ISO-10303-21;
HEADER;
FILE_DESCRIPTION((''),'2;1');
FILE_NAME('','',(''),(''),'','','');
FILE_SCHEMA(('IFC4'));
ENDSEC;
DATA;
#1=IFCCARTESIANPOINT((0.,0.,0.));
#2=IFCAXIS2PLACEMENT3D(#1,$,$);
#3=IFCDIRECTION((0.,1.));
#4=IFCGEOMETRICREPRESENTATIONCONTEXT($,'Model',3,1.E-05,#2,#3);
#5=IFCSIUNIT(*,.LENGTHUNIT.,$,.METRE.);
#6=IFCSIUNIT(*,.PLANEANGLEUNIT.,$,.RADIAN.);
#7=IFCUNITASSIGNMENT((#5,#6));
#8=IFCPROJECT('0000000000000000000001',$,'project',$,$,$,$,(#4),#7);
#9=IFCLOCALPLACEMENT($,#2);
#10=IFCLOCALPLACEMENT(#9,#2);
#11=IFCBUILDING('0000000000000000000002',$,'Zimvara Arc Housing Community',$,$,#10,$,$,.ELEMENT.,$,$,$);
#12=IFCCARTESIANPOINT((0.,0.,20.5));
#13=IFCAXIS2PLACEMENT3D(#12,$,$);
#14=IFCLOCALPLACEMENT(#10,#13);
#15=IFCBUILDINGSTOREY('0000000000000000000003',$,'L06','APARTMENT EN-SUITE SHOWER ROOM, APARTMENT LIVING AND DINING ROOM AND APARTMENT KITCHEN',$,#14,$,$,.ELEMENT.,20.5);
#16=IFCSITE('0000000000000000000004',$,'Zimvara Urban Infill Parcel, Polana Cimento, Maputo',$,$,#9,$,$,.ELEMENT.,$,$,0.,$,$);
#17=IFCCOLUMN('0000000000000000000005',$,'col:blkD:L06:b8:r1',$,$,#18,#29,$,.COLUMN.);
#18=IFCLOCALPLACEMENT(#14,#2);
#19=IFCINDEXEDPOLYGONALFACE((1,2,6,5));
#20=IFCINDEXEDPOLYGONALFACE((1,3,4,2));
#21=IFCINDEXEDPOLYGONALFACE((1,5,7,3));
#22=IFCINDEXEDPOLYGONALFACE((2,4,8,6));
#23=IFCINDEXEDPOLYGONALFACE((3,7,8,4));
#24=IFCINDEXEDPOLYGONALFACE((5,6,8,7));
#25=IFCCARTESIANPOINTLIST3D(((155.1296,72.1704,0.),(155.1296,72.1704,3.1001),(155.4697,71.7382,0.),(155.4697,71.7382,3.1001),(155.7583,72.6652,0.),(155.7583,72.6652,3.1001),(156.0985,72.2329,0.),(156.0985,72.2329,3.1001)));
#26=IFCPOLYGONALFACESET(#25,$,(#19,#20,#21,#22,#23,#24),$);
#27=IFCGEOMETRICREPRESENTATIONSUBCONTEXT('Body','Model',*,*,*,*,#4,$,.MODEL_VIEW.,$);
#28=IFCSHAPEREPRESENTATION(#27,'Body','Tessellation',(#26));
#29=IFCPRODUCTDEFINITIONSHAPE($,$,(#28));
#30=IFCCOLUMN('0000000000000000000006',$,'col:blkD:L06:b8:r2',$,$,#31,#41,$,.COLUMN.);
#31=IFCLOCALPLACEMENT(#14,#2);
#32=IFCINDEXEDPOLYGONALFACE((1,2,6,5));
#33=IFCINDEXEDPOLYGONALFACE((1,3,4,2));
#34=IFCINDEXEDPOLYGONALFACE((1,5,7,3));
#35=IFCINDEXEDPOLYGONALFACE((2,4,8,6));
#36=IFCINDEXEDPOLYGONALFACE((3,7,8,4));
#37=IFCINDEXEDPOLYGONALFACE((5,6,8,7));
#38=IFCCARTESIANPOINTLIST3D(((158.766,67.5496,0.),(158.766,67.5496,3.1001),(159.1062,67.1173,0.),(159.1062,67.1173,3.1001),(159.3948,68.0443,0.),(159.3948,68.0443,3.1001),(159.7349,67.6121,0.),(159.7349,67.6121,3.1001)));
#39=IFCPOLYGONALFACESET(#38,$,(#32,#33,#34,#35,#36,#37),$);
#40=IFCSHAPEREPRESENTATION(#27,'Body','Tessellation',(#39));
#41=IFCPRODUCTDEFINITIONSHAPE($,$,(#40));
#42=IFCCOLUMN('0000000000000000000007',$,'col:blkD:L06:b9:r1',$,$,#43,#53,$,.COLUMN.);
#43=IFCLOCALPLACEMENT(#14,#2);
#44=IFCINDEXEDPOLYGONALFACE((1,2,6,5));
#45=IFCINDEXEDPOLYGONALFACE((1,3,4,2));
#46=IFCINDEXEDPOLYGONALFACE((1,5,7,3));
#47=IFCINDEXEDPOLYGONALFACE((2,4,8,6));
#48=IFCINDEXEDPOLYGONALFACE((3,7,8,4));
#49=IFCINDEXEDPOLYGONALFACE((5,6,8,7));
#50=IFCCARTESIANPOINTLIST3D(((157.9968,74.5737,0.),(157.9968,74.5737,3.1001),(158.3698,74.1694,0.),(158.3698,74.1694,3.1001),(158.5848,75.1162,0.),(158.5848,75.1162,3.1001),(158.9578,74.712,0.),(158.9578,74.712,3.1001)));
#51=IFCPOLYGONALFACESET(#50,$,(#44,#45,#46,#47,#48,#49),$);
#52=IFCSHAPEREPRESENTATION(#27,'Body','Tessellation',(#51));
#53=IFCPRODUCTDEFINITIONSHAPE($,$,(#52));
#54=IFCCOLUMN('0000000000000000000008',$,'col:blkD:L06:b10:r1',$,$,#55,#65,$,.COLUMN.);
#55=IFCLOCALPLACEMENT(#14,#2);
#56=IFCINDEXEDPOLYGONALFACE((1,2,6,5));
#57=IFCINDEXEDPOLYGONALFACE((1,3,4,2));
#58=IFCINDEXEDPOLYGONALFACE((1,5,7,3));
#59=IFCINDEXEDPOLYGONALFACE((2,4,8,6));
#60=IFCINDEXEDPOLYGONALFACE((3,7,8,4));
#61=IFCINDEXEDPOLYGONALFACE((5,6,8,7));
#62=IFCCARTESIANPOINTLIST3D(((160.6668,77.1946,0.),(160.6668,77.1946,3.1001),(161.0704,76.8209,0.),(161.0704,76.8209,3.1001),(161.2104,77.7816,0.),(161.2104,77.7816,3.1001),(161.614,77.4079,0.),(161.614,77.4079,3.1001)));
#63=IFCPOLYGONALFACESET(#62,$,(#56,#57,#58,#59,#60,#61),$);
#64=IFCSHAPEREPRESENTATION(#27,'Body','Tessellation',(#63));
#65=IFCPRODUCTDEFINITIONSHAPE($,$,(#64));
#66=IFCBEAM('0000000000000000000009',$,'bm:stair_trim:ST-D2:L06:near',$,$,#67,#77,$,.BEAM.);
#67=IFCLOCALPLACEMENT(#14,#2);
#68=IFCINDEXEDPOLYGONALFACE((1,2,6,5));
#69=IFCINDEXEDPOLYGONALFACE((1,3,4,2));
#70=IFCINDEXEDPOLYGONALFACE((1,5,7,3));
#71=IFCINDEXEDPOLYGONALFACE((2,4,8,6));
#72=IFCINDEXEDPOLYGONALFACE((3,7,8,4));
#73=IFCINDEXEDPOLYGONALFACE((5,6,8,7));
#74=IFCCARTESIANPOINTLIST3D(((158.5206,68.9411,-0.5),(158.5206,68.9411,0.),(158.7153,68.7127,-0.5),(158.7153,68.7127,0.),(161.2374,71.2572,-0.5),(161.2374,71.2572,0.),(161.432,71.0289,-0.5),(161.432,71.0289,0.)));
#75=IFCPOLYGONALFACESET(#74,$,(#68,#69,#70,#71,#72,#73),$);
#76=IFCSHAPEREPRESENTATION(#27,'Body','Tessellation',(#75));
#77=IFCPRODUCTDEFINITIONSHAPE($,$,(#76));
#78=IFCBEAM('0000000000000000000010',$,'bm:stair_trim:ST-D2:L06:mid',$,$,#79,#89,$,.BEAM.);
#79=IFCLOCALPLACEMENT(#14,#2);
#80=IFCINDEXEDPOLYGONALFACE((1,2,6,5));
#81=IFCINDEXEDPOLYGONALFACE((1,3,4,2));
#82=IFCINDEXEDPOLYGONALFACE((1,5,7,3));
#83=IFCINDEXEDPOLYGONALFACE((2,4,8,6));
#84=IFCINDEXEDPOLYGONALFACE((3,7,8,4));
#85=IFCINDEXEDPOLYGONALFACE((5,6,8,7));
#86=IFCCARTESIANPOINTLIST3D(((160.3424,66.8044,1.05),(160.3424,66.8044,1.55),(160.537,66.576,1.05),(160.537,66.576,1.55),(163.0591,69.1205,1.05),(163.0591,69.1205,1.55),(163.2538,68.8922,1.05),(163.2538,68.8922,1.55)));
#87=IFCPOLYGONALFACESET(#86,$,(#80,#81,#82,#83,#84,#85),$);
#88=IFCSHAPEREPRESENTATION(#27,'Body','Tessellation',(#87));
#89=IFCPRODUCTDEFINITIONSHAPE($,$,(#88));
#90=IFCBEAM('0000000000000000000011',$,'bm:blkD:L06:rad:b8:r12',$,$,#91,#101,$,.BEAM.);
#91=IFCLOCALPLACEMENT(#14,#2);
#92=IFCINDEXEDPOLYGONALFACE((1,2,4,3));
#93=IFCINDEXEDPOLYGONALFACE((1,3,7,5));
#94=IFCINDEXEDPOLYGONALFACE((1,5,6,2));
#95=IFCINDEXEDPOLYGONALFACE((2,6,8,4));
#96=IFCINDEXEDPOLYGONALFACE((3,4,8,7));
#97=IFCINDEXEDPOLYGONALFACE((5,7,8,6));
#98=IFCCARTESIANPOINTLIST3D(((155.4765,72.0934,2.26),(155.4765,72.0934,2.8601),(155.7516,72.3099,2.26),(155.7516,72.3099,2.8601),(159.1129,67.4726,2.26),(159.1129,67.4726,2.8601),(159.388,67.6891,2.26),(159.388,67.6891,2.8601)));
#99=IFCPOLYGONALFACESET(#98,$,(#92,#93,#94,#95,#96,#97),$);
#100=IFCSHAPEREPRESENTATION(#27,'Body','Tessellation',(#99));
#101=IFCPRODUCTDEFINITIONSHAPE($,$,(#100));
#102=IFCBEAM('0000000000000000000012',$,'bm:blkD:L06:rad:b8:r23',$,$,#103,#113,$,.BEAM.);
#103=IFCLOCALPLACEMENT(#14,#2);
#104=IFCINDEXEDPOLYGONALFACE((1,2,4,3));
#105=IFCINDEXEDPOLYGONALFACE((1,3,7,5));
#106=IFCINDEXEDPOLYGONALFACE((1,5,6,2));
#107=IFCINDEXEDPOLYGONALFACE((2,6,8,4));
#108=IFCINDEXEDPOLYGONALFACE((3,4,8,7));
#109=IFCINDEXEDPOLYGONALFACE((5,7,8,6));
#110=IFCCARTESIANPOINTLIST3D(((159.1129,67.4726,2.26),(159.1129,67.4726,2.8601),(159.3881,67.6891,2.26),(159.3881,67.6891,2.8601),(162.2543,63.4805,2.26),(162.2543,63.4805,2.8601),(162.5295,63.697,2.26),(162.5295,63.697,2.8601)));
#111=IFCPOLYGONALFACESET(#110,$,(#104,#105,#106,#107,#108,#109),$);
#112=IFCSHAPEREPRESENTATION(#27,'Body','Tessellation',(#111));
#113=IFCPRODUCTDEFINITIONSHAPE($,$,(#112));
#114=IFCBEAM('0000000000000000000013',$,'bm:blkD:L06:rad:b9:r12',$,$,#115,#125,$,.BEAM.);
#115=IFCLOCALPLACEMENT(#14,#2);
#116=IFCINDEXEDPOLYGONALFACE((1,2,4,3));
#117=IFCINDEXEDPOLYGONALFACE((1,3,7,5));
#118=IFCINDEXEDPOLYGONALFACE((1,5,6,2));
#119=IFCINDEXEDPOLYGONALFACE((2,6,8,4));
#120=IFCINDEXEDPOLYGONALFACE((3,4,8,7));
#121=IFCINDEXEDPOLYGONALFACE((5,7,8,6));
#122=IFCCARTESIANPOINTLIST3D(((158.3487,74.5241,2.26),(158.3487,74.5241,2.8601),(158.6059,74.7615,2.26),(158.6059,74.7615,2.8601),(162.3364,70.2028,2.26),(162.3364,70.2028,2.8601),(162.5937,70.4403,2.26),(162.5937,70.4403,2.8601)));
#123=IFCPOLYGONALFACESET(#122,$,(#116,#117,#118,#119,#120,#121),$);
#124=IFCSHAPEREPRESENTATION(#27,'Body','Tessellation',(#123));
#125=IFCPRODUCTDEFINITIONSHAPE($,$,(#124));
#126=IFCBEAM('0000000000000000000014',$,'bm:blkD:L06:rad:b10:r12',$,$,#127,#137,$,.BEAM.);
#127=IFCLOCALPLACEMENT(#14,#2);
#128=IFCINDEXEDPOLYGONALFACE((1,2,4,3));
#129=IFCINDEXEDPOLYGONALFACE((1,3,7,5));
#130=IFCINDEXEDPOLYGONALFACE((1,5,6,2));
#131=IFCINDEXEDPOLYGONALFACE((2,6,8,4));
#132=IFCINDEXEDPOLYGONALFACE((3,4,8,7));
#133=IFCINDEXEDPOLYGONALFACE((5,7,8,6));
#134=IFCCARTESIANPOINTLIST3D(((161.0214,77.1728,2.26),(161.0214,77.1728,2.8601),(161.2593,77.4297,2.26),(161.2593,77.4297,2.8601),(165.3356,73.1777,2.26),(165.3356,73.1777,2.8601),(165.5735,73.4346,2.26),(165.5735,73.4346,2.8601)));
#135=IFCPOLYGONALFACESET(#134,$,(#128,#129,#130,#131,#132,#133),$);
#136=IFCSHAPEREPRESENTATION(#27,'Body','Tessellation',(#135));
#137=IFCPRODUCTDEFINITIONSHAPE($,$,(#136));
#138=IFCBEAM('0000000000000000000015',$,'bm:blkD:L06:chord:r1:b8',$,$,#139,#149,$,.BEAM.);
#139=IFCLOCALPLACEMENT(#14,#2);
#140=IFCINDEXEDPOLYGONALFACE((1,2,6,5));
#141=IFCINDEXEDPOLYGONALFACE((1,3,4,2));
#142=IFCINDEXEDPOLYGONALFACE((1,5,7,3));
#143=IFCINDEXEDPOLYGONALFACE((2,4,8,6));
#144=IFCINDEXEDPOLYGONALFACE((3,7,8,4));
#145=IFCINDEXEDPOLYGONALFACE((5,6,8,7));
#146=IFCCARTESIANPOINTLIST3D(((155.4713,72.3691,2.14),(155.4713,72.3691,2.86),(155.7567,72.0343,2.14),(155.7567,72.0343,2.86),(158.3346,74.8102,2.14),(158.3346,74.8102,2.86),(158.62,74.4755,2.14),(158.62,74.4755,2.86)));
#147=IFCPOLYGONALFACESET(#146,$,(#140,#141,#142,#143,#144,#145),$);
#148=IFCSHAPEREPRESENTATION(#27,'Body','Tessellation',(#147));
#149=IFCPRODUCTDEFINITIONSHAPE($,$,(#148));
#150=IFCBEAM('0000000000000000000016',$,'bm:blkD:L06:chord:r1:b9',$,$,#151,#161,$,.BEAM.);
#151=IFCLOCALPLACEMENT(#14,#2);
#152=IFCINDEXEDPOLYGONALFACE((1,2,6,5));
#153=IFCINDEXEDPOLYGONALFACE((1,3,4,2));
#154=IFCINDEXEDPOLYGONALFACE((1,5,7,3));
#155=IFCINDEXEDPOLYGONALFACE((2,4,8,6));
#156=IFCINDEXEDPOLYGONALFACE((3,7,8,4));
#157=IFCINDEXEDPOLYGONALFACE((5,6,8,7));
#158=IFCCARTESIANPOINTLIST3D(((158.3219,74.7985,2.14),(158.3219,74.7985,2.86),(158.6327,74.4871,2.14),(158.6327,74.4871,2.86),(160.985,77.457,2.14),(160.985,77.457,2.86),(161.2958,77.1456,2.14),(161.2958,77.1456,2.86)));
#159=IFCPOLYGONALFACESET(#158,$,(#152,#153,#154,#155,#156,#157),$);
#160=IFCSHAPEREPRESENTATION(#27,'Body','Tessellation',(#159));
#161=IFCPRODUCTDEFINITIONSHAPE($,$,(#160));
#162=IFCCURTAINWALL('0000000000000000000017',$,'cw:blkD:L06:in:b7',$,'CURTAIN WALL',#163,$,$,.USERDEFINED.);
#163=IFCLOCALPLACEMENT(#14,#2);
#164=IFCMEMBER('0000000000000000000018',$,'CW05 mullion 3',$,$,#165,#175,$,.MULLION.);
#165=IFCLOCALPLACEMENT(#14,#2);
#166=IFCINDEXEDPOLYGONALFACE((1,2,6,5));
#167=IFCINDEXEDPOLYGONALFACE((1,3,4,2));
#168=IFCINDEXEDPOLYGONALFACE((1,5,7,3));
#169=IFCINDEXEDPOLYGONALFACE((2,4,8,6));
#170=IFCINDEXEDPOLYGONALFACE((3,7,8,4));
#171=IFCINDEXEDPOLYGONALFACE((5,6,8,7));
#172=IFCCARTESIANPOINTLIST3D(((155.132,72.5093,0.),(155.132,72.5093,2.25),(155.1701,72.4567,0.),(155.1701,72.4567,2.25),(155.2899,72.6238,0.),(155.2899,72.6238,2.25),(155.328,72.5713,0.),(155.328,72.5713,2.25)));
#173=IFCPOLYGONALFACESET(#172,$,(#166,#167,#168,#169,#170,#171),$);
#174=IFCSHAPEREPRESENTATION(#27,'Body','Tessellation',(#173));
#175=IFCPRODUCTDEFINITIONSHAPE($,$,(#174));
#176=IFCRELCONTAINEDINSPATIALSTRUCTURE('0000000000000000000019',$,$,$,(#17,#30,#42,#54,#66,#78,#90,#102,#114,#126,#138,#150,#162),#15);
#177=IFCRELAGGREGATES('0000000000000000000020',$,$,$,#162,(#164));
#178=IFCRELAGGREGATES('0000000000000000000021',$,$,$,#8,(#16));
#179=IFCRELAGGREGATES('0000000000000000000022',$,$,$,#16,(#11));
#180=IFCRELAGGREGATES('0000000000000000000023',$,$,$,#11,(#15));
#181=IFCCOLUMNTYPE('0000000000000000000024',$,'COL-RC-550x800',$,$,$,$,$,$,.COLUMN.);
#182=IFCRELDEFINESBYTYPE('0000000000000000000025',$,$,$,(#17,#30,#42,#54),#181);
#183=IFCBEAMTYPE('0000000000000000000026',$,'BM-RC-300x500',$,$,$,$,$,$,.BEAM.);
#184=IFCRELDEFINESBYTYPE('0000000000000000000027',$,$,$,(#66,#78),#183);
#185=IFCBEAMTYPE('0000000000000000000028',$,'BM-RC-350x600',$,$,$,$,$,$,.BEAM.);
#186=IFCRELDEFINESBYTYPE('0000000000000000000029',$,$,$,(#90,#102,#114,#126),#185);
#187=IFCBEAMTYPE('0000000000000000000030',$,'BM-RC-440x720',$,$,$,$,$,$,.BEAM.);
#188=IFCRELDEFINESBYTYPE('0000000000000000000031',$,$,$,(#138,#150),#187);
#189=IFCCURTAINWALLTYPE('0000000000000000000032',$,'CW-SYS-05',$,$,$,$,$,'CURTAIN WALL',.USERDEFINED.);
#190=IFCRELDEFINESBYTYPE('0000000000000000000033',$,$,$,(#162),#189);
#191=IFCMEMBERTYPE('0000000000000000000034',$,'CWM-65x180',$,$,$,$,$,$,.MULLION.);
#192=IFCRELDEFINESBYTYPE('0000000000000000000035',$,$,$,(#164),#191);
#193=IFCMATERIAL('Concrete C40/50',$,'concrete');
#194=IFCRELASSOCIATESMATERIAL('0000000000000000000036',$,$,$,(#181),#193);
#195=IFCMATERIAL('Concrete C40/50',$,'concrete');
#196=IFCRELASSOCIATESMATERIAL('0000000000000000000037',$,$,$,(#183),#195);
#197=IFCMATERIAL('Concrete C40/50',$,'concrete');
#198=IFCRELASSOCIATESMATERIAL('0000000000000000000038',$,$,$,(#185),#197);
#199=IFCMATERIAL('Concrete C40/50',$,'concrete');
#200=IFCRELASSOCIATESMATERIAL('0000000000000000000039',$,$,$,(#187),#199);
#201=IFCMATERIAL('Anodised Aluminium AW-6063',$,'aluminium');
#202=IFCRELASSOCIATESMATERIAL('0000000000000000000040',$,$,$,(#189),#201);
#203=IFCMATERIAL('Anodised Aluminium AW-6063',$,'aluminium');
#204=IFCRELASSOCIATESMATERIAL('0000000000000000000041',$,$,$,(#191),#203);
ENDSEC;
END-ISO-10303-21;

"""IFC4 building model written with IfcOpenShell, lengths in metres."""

from ifc_helpers import new_model, si_unit, direction, frame, origin, origin_2d, place, context, subcontext, project, spatial, rectangle, extrude, material, material_profile, profile_set, type_object, element, aggregate, save


model = new_model("IFC4")

# Units and contexts
model_context = context("Model", 3, precision=1e-05, world=origin(), true_north=direction((0.0, 1.0)))
body_context = subcontext(model_context, "Body", "Model", "MODEL_VIEW")
ifc_project = project(units=[si_unit("LENGTHUNIT", "METRE"), si_unit("PLANEANGLEUNIT", "RADIAN")], contexts=[model_context])

# Site, building, storey
site_placement = place(None, origin())
site = spatial("IfcSite", under=ifc_project, at=site_placement, Name="Zimvara Urban Infill Parcel, Polana Cimento, Maputo", CompositionType="ELEMENT", RefElevation=0.0)
building_placement = place(site_placement, origin())
building = spatial("IfcBuilding", under=site, at=building_placement, Name="Zimvara Arc Housing Community", CompositionType="ELEMENT")
storey_placement = place(building_placement, frame((0.0, 0.0, 20.5)))
storey = spatial("IfcBuildingStorey", under=building, at=storey_placement, Name="L06", Description="APARTMENT EN-SUITE SHOWER ROOM, APARTMENT LIVING AND DINING ROOM AND APARTMENT KITCHEN", CompositionType="ELEMENT", Elevation=20.5)

# Columns
ifc_material_1 = material(Name="Concrete C40/50", Category="concrete")
ifc_material_profile_1 = material_profile(ifc_material_1, rectangle(XDim=0.55, YDim=0.8, at=origin_2d()), Name="RC 550x800")
ifc_profile_set_1 = profile_set([ifc_material_profile_1], Name="Concrete C40/50")
column_type = type_object("IfcColumnType", Name="COL-RC-550x800", PredefinedType="COLUMN", material=ifc_profile_set_1)
for number, where, z_axis, x_axis, name in (
    (1, (155.614, 72.2017, 0.0), (0.0, 0.0, 1.0), (0.618408, -0.785857, 0.0), "col:blkD:L06:b8:r1"),
    (2, (159.2505, 67.5808, 0.0), (0.0, 0.0, 1.0), (0.618408, -0.785857, 0.0), "col:blkD:L06:b8:r2"),
    (3, (158.4773, 74.6428, 0.0), (0.0, 0.0, 1.0), (0.67816, -0.734915, 0.0), "col:blkD:L06:b9:r1"),
    (4, (161.1404, 77.3013, 0.0), (0.0, 0.0, 1.0), (0.73373, -0.679441, 0.0), "col:blkD:L06:b10:r1"),
):
    element("IfcColumn", number, at=place(storey_placement, frame(where, z_axis=z_axis, x_axis=x_axis)), inside=storey, type_object=column_type, Name=name, PredefinedType="COLUMN", context=body_context, shape_type="SweptSolid", body=[
        extrude(rectangle(XDim=0.55, YDim=0.8, at=origin_2d()), origin(), (0.0, 0.0, 1.0), 3.1001),
    ])

# Beams
ifc_material_2 = material(Name="Concrete C40/50", Category="concrete")
ifc_material_profile_2 = material_profile(ifc_material_2, rectangle(XDim=0.3, YDim=0.5, at=origin_2d()), Name="RC 300x500")
ifc_profile_set_2 = profile_set([ifc_material_profile_2], Name="Concrete C40/50")
beam_type_1 = type_object("IfcBeamType", Name="BM-RC-300x500", PredefinedType="BEAM", material=ifc_profile_set_2)
for number, where, z_axis, x_axis, name in (
    (5, (158.6179, 68.8269, -0.25), (0.760987, 0.648767, 0.0), (-0.648767, 0.760987, 0.0), "bm:stair_trim:ST-D2:L06:near"),
    (6, (160.4397, 66.6902, 1.3), (0.760987, 0.648767, 0.0), (-0.648767, 0.760987, 0.0), "bm:stair_trim:ST-D2:L06:mid"),
):
    element("IfcBeam", number, at=place(storey_placement, frame(where, z_axis=z_axis, x_axis=x_axis)), inside=storey, type_object=beam_type_1, Name=name, PredefinedType="BEAM", context=body_context, shape_type="SweptSolid", body=[
        extrude(rectangle(XDim=0.3, YDim=0.5, at=origin_2d()), origin(), (0.0, 0.0, 1.0), 3.5701),
    ])
ifc_material_3 = material(Name="Concrete C40/50", Category="concrete")
ifc_material_profile_3 = material_profile(ifc_material_3, rectangle(XDim=0.3501, YDim=0.6001, at=origin_2d()), Name="RC 350x600")
ifc_profile_set_3 = profile_set([ifc_material_profile_3], Name="Concrete C40/50")
beam_type_2 = type_object("IfcBeamType", Name="BM-RC-350x600", PredefinedType="BEAM", material=ifc_profile_set_3)
beam_1_placement = place(storey_placement, frame((155.614, 72.2017, 2.5601), z_axis=(0.618432, -0.785838, 0.0), x_axis=(0.785838, 0.618432, 0.0)))
element("IfcBeam", 7, at=beam_1_placement, inside=storey, type_object=beam_type_2, Name="bm:blkD:L06:rad:b8:r12", PredefinedType="BEAM", context=body_context, shape_type="SweptSolid", body=[
    extrude(rectangle(XDim=0.3501, YDim=0.6001, at=origin_2d()), origin(), (0.0, 0.0, 1.0), 5.8801),
])
beam_2_placement = place(storey_placement, frame((159.2505, 67.5808, 2.5601), z_axis=(0.618409, -0.785856, 0.0), x_axis=(0.785856, 0.618409, 0.0)))
element("IfcBeam", 8, at=beam_2_placement, inside=storey, type_object=beam_type_2, Name="bm:blkD:L06:rad:b8:r23", PredefinedType="BEAM", context=body_context, shape_type="SweptSolid", body=[
    extrude(rectangle(XDim=0.3501, YDim=0.6001, at=origin_2d()), origin(), (0.0, 0.0, 1.0), 5.0798),
])
beam_3_placement = place(storey_placement, frame((158.4773, 74.6428, 2.5601), z_axis=(0.67818, -0.734896, 0.0), x_axis=(0.734896, 0.67818, 0.0)))
element("IfcBeam", 9, at=beam_3_placement, inside=storey, type_object=beam_type_2, Name="bm:blkD:L06:rad:b9:r12", PredefinedType="BEAM", context=body_context, shape_type="SweptSolid", body=[
    extrude(rectangle(XDim=0.3501, YDim=0.6001, at=origin_2d()), origin(), (0.0, 0.0, 1.0), 5.8801),
])
beam_4_placement = place(storey_placement, frame((161.1404, 77.3013, 2.5601), z_axis=(0.73372, -0.679452, 0.0), x_axis=(0.679452, 0.73372, 0.0)))
element("IfcBeam", 10, at=beam_4_placement, inside=storey, type_object=beam_type_2, Name="bm:blkD:L06:rad:b10:r12", PredefinedType="BEAM", context=body_context, shape_type="SweptSolid", body=[
    extrude(rectangle(XDim=0.3501, YDim=0.6001, at=origin_2d()), origin(), (0.0, 0.0, 1.0), 5.8799),
])
ifc_material_4 = material(Name="Concrete C40/50", Category="concrete")
ifc_material_profile_4 = material_profile(ifc_material_4, rectangle(XDim=0.4399, YDim=0.72, at=origin_2d()), Name="RC 440x720")
ifc_profile_set_4 = profile_set([ifc_material_profile_4], Name="Concrete C40/50")
beam_type_3 = type_object("IfcBeamType", Name="BM-RC-440x720", PredefinedType="BEAM", material=ifc_profile_set_4)
beam_5_placement = place(storey_placement, frame((155.614, 72.2017, 2.5), z_axis=(0.760972, 0.648785, 0.0), x_axis=(-0.648785, 0.760972, 0.0)))
element("IfcBeam", 11, at=beam_5_placement, inside=storey, type_object=beam_type_3, Name="bm:blkD:L06:chord:r1:b8", PredefinedType="BEAM", context=body_context, shape_type="SweptSolid", body=[
    extrude(rectangle(XDim=0.4399, YDim=0.72, at=origin_2d()), origin(), (0.0, 0.0, 1.0), 3.7627),
])
beam_6_placement = place(storey_placement, frame((158.4773, 74.6428, 2.5), z_axis=(0.707723, 0.70649, 0.0), x_axis=(-0.70649, 0.707723, 0.0)))
element("IfcBeam", 12, at=beam_6_placement, inside=storey, type_object=beam_type_3, Name="bm:blkD:L06:chord:r1:b9", PredefinedType="BEAM", context=body_context, shape_type="SweptSolid", body=[
    extrude(rectangle(XDim=0.4399, YDim=0.72, at=origin_2d()), origin(), (0.0, 0.0, 1.0), 3.7629),
])

# Curtain wall, member
ifc_material_5 = material(Name="Anodised Aluminium AW-6063", Category="aluminium")
curtain_wall_type = type_object("IfcCurtainWallType", Name="CW-SYS-05", ElementType="CURTAIN WALL", PredefinedType="USERDEFINED", material=ifc_material_5)
curtain_wall_placement = place(storey_placement, origin())
curtain_wall = element("IfcCurtainWall", 13, at=curtain_wall_placement, inside=storey, type_object=curtain_wall_type, Name="cw:blkD:L06:in:b7", ObjectType="CURTAIN WALL", PredefinedType="USERDEFINED")
ifc_material_6 = material(Name="Anodised Aluminium AW-6063", Category="aluminium")
ifc_material_profile_5 = material_profile(ifc_material_6, rectangle(XDim=0.0649, YDim=0.1951, at=origin_2d()), Name="ALU 65x195")
ifc_profile_set_5 = profile_set([ifc_material_profile_5], Name="Anodised Aluminium AW-6063")
member_type = type_object("IfcMemberType", Name="CWM-65x180", PredefinedType="MULLION", material=ifc_profile_set_5)
member_placement = place(storey_placement, frame((155.23, 72.5403, 0.0), z_axis=(0.0, 0.0, 1.0), x_axis=(-0.587079, 0.80953, 0.0)))
member = element("IfcMember", 14, at=member_placement, type_object=member_type, Name="CW05 mullion 3", PredefinedType="MULLION", context=body_context, shape_type="SweptSolid", body=[
    extrude(rectangle(XDim=0.0649, YDim=0.1951, at=origin_2d()), origin(), (0.0, 0.0, 1.0), 2.25),
])
aggregate(curtain_wall, [member])

save(model, "model.ifc")
